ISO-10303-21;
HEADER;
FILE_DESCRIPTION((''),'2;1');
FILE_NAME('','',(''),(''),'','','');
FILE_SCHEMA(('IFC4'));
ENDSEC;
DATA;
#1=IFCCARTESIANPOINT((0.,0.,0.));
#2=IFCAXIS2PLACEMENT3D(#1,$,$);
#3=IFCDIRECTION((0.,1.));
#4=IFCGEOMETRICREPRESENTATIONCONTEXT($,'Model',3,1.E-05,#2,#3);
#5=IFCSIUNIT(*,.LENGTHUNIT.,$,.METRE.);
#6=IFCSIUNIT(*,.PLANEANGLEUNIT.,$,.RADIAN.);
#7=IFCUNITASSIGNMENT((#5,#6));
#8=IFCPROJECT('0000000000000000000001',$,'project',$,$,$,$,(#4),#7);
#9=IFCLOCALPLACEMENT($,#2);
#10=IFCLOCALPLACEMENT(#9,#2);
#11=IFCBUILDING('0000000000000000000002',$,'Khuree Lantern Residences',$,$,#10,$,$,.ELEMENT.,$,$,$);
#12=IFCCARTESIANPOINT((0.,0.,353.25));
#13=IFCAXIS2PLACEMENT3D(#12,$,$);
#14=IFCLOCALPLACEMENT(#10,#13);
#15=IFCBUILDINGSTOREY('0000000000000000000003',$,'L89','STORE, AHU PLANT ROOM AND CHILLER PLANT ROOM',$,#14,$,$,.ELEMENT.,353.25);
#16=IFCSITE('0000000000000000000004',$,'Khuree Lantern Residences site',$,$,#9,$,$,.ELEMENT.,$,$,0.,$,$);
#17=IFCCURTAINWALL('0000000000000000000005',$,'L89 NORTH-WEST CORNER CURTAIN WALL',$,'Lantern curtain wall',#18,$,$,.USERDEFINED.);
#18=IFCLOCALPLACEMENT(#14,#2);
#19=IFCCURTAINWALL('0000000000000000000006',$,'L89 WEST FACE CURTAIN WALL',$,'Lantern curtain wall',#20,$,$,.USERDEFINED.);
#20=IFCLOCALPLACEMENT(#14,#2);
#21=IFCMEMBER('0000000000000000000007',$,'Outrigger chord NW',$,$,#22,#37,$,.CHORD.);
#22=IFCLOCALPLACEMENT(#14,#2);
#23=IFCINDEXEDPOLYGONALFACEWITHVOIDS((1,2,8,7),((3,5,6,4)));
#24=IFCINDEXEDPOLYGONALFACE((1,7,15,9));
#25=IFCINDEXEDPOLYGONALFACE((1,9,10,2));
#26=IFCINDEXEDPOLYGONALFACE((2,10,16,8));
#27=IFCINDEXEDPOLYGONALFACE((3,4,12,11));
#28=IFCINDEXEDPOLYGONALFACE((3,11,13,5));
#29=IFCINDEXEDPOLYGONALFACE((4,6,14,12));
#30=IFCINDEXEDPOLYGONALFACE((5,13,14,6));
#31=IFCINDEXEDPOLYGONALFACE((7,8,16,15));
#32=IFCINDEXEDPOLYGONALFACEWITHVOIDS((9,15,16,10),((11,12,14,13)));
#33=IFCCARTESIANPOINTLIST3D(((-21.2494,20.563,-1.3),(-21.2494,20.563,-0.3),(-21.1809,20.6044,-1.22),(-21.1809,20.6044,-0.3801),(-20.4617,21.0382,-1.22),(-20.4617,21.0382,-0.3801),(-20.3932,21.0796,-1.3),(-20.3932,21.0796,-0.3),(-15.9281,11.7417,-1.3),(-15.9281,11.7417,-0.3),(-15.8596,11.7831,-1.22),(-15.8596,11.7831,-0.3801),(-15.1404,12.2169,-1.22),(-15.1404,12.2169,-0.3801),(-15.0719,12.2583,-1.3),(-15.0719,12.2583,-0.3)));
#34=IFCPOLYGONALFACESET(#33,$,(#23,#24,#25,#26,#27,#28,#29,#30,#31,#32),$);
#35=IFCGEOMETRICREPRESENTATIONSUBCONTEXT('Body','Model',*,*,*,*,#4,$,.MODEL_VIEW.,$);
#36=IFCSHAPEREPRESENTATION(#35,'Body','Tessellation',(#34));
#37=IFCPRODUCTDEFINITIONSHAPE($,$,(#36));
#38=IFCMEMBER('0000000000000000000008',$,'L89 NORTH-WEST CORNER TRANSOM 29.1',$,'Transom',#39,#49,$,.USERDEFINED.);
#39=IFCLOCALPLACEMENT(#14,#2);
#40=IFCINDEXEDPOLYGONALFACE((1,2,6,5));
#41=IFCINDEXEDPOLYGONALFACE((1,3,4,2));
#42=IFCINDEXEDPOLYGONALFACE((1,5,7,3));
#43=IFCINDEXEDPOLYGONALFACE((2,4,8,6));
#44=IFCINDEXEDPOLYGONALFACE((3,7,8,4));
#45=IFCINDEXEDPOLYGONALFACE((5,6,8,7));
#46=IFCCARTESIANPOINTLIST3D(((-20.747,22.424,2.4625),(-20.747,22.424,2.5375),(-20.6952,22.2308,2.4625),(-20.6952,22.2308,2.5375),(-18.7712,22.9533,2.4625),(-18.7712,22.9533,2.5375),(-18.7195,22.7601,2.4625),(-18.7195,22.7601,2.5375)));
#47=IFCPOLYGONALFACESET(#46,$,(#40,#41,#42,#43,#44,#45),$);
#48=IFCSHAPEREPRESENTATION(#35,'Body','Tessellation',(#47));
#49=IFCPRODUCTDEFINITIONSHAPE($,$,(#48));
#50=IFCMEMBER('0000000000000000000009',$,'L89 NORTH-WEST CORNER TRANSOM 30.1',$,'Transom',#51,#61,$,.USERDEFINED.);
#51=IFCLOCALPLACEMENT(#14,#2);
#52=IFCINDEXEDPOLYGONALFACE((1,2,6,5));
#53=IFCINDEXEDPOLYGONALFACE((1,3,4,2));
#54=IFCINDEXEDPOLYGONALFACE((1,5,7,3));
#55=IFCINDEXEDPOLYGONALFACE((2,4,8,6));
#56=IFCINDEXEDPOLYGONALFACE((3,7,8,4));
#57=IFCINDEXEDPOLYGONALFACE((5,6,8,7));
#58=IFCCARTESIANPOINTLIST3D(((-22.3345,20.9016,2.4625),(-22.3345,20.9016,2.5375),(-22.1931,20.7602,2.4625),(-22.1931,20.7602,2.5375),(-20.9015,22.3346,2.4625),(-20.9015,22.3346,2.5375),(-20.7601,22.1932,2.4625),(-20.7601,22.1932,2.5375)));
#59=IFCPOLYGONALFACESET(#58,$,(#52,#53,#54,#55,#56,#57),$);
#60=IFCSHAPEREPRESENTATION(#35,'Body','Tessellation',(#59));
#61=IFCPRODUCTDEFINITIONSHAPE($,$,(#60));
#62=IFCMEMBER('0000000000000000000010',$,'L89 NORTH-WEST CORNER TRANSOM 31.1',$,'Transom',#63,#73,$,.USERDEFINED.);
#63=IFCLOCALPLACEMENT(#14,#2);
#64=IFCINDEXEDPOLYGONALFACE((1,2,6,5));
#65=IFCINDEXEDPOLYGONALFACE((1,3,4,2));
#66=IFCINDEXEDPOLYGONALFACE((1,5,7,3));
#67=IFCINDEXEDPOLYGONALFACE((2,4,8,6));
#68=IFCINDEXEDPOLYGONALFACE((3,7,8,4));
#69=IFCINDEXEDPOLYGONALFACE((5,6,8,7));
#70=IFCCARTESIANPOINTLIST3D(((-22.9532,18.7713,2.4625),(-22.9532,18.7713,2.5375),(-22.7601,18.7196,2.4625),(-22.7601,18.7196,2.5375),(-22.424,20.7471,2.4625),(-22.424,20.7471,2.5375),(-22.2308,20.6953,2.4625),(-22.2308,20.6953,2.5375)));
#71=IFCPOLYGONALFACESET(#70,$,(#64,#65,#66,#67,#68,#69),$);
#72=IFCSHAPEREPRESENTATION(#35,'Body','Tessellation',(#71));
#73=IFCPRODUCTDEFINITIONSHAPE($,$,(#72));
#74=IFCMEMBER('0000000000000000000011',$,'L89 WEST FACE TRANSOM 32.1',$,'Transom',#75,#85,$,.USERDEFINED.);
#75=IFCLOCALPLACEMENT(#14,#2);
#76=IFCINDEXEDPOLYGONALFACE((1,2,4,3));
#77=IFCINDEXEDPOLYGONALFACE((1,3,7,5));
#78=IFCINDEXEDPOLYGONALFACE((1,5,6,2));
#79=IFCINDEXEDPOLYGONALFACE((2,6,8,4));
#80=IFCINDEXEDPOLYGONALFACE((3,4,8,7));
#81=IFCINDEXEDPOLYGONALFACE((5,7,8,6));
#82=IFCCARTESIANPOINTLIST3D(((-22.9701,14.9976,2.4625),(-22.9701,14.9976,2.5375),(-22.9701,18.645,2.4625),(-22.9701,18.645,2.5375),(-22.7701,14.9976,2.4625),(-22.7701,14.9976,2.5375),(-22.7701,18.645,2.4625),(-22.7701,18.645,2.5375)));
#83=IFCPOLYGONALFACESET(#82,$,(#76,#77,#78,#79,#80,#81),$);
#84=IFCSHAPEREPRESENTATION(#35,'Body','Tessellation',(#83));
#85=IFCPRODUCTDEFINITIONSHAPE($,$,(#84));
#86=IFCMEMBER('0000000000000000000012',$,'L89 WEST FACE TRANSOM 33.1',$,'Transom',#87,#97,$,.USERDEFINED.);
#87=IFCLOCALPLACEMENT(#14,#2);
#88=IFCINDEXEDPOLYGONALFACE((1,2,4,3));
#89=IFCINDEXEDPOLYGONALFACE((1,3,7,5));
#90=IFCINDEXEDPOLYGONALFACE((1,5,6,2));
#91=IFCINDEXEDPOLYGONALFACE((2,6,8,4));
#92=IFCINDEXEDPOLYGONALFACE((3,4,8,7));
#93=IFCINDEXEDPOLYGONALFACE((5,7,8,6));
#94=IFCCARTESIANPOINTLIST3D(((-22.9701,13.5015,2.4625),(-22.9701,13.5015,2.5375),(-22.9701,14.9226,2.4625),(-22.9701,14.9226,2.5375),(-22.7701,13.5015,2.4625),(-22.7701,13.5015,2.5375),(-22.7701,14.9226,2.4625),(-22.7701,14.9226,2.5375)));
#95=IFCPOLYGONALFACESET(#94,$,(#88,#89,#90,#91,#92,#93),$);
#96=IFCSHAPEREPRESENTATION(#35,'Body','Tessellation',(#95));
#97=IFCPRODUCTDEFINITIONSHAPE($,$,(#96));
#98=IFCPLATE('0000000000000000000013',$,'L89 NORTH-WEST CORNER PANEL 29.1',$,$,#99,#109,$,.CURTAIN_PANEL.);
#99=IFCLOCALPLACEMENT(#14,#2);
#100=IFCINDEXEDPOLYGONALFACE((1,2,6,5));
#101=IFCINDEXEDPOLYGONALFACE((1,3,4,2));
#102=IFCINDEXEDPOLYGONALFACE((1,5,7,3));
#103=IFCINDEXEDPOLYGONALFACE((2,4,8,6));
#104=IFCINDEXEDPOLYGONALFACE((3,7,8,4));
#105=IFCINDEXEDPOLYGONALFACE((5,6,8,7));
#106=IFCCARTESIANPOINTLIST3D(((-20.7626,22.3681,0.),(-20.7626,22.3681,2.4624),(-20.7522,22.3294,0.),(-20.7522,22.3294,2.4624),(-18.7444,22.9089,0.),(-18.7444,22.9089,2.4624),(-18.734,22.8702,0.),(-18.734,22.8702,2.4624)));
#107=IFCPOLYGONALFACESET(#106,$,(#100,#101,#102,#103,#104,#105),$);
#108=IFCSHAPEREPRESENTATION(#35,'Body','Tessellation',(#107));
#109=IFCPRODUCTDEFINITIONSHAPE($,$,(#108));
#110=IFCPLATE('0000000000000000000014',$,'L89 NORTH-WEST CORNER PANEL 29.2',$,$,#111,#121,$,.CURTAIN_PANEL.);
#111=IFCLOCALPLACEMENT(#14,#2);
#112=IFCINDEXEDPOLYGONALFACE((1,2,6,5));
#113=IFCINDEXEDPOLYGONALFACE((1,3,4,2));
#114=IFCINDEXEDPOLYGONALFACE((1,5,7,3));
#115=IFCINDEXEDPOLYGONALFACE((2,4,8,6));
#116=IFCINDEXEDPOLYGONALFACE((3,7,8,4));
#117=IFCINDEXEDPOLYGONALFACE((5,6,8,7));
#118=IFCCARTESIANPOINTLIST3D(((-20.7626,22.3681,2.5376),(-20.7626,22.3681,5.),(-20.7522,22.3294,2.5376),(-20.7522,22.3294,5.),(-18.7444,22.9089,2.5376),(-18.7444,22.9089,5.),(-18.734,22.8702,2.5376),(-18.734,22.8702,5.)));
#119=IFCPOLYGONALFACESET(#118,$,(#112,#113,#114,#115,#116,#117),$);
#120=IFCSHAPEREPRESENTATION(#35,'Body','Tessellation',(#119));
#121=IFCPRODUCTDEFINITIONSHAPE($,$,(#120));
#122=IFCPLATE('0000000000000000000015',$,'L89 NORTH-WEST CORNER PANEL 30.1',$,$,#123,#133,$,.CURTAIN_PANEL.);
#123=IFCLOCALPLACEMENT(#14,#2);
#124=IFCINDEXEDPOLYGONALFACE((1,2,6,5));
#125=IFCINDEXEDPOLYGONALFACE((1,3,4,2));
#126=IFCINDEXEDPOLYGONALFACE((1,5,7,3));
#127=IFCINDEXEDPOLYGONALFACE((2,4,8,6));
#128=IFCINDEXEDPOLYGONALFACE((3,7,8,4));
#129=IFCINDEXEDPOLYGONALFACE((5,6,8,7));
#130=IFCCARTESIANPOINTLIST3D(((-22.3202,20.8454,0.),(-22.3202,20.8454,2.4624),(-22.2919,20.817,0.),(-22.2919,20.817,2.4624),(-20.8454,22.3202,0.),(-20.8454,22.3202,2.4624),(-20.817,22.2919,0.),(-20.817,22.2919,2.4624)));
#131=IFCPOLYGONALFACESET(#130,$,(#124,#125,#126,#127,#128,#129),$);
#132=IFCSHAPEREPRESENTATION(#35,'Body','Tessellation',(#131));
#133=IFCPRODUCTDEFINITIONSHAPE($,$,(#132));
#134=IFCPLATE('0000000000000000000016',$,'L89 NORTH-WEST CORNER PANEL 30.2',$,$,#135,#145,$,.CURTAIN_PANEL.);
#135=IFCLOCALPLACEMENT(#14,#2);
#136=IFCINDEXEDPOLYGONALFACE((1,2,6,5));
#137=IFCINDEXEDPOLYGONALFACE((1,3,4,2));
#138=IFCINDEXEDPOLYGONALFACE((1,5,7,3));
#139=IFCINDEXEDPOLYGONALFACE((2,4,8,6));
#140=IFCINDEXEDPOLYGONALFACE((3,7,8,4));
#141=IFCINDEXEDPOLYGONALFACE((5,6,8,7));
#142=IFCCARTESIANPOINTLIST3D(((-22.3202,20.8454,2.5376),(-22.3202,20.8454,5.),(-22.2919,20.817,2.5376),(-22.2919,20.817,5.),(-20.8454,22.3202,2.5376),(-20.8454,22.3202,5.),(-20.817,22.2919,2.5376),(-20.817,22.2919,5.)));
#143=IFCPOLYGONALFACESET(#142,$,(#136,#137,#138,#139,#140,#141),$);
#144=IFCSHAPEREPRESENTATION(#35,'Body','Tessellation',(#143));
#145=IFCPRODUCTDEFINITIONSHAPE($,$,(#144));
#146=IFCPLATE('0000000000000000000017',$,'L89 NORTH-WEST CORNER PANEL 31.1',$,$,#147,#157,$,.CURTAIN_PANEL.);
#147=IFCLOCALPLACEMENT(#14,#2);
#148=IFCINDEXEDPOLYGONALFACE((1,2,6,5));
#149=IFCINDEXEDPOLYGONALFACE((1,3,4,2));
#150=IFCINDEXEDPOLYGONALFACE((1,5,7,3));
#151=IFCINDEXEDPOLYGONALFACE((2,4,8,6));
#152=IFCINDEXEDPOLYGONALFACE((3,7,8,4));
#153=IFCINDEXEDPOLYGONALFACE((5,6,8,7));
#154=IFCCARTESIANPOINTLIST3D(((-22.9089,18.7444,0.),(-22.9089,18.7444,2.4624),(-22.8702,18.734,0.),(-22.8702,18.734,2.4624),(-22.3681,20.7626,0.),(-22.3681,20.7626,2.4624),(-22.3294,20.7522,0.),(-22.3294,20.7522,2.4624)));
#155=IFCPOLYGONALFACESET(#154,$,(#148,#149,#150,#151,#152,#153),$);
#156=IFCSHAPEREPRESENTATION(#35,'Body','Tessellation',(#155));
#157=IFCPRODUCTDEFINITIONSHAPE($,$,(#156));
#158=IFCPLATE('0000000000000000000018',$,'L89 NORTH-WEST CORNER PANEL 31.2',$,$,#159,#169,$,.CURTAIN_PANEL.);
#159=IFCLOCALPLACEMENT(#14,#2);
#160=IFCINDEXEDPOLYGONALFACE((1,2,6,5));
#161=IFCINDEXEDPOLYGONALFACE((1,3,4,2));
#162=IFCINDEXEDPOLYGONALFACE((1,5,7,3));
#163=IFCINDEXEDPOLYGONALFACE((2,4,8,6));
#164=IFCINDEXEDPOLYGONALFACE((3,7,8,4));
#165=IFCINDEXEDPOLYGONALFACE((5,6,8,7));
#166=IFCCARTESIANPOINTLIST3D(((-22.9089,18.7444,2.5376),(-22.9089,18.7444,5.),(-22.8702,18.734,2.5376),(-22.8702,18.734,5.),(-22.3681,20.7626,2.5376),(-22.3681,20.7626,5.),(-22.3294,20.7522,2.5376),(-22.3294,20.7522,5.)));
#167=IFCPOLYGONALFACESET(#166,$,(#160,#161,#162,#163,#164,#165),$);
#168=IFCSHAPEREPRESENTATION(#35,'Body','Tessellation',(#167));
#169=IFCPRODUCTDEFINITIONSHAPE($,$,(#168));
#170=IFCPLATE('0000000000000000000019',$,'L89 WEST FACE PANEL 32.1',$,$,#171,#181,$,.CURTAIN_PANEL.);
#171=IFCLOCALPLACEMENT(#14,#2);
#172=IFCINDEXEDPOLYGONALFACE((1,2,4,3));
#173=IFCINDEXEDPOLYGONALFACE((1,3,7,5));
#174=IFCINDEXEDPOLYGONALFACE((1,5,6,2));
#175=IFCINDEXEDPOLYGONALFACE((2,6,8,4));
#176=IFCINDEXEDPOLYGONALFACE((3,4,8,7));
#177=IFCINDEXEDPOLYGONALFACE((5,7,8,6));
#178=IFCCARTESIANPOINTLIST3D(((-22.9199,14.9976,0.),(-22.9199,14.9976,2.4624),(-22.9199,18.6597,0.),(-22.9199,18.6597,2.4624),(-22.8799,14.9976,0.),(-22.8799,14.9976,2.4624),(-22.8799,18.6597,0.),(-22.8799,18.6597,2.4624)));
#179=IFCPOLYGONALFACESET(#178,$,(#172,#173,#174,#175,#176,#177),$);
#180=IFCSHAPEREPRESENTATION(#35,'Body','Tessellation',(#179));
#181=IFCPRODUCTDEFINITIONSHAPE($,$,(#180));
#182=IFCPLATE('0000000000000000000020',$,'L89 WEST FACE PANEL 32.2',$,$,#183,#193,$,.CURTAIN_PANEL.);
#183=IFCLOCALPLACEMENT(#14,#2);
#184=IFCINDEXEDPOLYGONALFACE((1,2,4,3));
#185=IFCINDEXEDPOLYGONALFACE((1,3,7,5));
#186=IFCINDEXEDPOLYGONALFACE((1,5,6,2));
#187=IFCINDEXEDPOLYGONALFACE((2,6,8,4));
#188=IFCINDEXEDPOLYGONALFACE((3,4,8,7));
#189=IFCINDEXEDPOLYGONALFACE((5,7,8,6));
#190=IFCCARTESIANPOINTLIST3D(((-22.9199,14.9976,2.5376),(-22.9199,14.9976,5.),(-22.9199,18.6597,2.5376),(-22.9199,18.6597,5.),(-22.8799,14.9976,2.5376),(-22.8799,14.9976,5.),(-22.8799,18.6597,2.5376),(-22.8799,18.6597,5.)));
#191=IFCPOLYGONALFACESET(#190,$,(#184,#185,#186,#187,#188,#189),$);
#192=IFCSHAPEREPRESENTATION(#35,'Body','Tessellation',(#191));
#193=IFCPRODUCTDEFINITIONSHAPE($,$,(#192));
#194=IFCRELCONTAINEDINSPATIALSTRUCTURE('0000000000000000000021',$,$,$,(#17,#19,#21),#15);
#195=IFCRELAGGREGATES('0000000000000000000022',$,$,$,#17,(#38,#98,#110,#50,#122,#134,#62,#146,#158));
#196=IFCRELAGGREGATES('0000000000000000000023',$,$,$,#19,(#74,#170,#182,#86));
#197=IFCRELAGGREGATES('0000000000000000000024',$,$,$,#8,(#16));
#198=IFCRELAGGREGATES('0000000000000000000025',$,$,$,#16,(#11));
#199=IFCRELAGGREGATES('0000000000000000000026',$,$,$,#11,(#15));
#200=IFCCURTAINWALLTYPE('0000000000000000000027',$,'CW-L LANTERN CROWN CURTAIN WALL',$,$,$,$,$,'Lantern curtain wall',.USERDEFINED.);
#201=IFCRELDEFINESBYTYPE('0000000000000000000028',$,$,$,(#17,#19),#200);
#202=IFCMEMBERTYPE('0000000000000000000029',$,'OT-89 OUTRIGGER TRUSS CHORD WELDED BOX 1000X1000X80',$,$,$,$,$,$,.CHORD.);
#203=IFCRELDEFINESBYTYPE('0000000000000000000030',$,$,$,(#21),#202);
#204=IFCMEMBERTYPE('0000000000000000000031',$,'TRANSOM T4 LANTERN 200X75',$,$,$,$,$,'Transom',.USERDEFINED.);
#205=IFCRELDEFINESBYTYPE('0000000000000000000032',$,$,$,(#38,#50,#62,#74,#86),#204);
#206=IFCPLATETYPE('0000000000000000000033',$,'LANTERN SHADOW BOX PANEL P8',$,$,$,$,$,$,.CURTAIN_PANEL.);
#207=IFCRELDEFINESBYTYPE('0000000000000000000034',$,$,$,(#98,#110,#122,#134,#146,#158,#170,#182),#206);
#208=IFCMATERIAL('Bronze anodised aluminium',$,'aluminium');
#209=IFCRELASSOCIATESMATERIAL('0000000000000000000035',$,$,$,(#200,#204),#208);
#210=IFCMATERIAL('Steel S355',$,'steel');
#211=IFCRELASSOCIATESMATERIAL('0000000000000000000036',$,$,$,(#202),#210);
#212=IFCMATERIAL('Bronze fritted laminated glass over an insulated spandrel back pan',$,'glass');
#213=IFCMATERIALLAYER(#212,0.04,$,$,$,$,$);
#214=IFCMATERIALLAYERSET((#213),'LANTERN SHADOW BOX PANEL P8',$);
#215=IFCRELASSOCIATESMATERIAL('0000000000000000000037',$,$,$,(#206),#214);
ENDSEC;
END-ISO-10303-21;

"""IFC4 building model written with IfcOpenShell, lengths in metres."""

from ifc_helpers import new_model, si_unit, direction, frame, origin, origin_2d, place, context, subcontext, project, spatial, rectangle, hollow_rectangle, extrude, material, layer, layer_set, material_profile, profile_set, type_object, element, aggregate, save


model = new_model("IFC4")

# Units and contexts
model_context = context("Model", 3, precision=1e-05, world=origin(), true_north=direction((0.0, 1.0)))
body_context = subcontext(model_context, "Body", "Model", "MODEL_VIEW")
ifc_project = project(units=[si_unit("LENGTHUNIT", "METRE"), si_unit("PLANEANGLEUNIT", "RADIAN")], contexts=[model_context])

# Site, building, storey
site_placement = place(None, origin())
site = spatial("IfcSite", under=ifc_project, at=site_placement, Name="Khuree Lantern Residences site", CompositionType="ELEMENT", RefElevation=0.0)
building_placement = place(site_placement, origin())
building = spatial("IfcBuilding", under=site, at=building_placement, Name="Khuree Lantern Residences", CompositionType="ELEMENT")
storey_placement = place(building_placement, frame((0.0, 0.0, 353.25)))
storey = spatial("IfcBuildingStorey", under=building, at=storey_placement, Name="L89", Description="STORE, AHU PLANT ROOM AND CHILLER PLANT ROOM", CompositionType="ELEMENT", Elevation=353.25)

# Shared definitions
ifc_material_1 = material(Name="Steel S355", Category="steel")

# Curtain walls
ifc_material_2 = material(Name="Bronze anodised aluminium", Category="aluminium")
curtain_wall_type = type_object("IfcCurtainWallType", Name="CW-L LANTERN CROWN CURTAIN WALL", ElementType="Lantern curtain wall", PredefinedType="USERDEFINED", material=ifc_material_2)
curtain_wall_1_placement = place(storey_placement, origin())
curtain_wall_1 = element("IfcCurtainWall", 1, at=curtain_wall_1_placement, inside=storey, type_object=curtain_wall_type, Name="L89 NORTH-WEST CORNER CURTAIN WALL", ObjectType="Lantern curtain wall", PredefinedType="USERDEFINED")
curtain_wall_2_placement = place(storey_placement, origin())
curtain_wall_2 = element("IfcCurtainWall", 2, at=curtain_wall_2_placement, inside=storey, type_object=curtain_wall_type, Name="L89 WEST FACE CURTAIN WALL", ObjectType="Lantern curtain wall", PredefinedType="USERDEFINED")

# Member
ifc_material_profile_1 = material_profile(ifc_material_1, hollow_rectangle(XDim=1.0, YDim=1.0, WallThickness=0.0801, at=origin_2d()), Name="WELDED BOX 1000X1000X80")
ifc_profile_set_1 = profile_set([ifc_material_profile_1], Name="Steel S355")
member_type_1 = type_object("IfcMemberType", Name="OT-89 OUTRIGGER TRUSS CHORD WELDED BOX 1000X1000X80", PredefinedType="CHORD", material=ifc_profile_set_1)
member_1_placement = place(storey_placement, frame((-20.8213, 20.8213, -0.8), z_axis=(0.51653, -0.856269, 0.0), x_axis=(0.856269, 0.51653, 0.0)))
element("IfcMember", 3, at=member_1_placement, inside=storey, type_object=member_type_1, Name="Outrigger chord NW", PredefinedType="CHORD", context=body_context, shape_type="SweptSolid", body=[
    extrude(hollow_rectangle(XDim=1.0, YDim=1.0, WallThickness=0.0801, at=origin_2d()), origin(), (0.0, 0.0, 1.0), 10.302),
])

# Members
ifc_material_profile_2 = material_profile(ifc_material_2, rectangle(XDim=0.2, YDim=0.075, at=origin_2d()), Name="T4 200X75")
ifc_profile_set_2 = profile_set([ifc_material_profile_2], Name="Bronze anodised aluminium")
member_type_2 = type_object("IfcMemberType", Name="TRANSOM T4 LANTERN 200X75", ElementType="Transom", PredefinedType="USERDEFINED", material=ifc_profile_set_2)
member_2_placement = place(storey_placement, frame((-18.7454, 22.8567, 2.5), z_axis=(-0.965941, -0.258762, 0.0), x_axis=(0.258762, -0.965941, 0.0)))
member_2 = element("IfcMember", 4, at=member_2_placement, type_object=member_type_2, Name="L89 NORTH-WEST CORNER TRANSOM 29.1", ObjectType="Transom", PredefinedType="USERDEFINED", context=body_context, shape_type="SweptSolid", body=[
    extrude(rectangle(XDim=0.2, YDim=0.075, at=origin_2d()), origin(), (0.0, 0.0, 1.0), 2.0454),
])
member_3_placement = place(storey_placement, frame((-20.8308, 22.2639, 2.5), z_axis=(-0.707107, -0.707107, 0.0), x_axis=(0.707107, -0.707107, 0.0)))
member_3 = element("IfcMember", 5, at=member_3_placement, type_object=member_type_2, Name="L89 NORTH-WEST CORNER TRANSOM 30.1", ObjectType="Transom", PredefinedType="USERDEFINED", context=body_context, shape_type="SweptSolid", body=[
    extrude(rectangle(XDim=0.2, YDim=0.075, at=origin_2d()), origin(), (0.0, 0.0, 1.0), 2.0266),
])
member_4_placement = place(storey_placement, frame((-22.3274, 20.7212, 2.5), z_axis=(-0.258762, -0.965941, 0.0), x_axis=(0.965941, -0.258762, 0.0)))
member_4 = element("IfcMember", 6, at=member_4_placement, type_object=member_type_2, Name="L89 NORTH-WEST CORNER TRANSOM 31.1", ObjectType="Transom", PredefinedType="USERDEFINED", context=body_context, shape_type="SweptSolid", body=[
    extrude(rectangle(XDim=0.2, YDim=0.075, at=origin_2d()), origin(), (0.0, 0.0, 1.0), 2.0454),
])
member_5_placement = place(storey_placement, frame((-22.8701, 18.645, 2.5), z_axis=(0.0, -1.0, 0.0), x_axis=(1.0, 0.0, 0.0)))
member_5 = element("IfcMember", 7, at=member_5_placement, type_object=member_type_2, Name="L89 WEST FACE TRANSOM 32.1", ObjectType="Transom", PredefinedType="USERDEFINED", context=body_context, shape_type="SweptSolid", body=[
    extrude(rectangle(XDim=0.2, YDim=0.075, at=origin_2d()), origin(), (0.0, 0.0, 1.0), 3.6475),
])
member_6_placement = place(storey_placement, frame((-22.8701, 14.9226, 2.5), z_axis=(0.0, -1.0, 0.0), x_axis=(1.0, 0.0, 0.0)))
member_6 = element("IfcMember", 8, at=member_6_placement, type_object=member_type_2, Name="L89 WEST FACE TRANSOM 33.1", ObjectType="Transom", PredefinedType="USERDEFINED", context=body_context, shape_type="SweptSolid", body=[
    extrude(rectangle(XDim=0.2, YDim=0.075, at=origin_2d()), origin(), (0.0, 0.0, 1.0), 1.4211),
])

# Plates
ifc_material_3 = material(Name="Bronze fritted laminated glass over an insulated spandrel back pan", Category="glass")
ifc_layer = layer(ifc_material_3, 0.04)
ifc_layer_set = layer_set([ifc_layer], Name="LANTERN SHADOW BOX PANEL P8")
plate_type = type_object("IfcPlateType", Name="LANTERN SHADOW BOX PANEL P8", PredefinedType="CURTAIN_PANEL", material=ifc_layer_set)
plate_1_placement = place(storey_placement, frame((-19.7483, 22.6191, 0.0), z_axis=(0.0, 0.0, 1.0), x_axis=(-0.965926, -0.258819, 0.0)))
plate_1 = element("IfcPlate", 9, at=plate_1_placement, type_object=plate_type, Name="L89 NORTH-WEST CORNER PANEL 29.1", PredefinedType="CURTAIN_PANEL", context=body_context, shape_type="SweptSolid", body=[
    extrude(rectangle(XDim=2.0894, YDim=0.04, at=origin_2d()), origin(), (0.0, 0.0, 1.0), 2.4624),
])
plate_2_placement = place(storey_placement, frame((-19.7483, 22.6191, 2.5376), z_axis=(0.0, 0.0, 1.0), x_axis=(-0.965926, -0.258819, 0.0)))
plate_2 = element("IfcPlate", 10, at=plate_2_placement, type_object=plate_type, Name="L89 NORTH-WEST CORNER PANEL 29.2", PredefinedType="CURTAIN_PANEL", context=body_context, shape_type="SweptSolid", body=[
    extrude(rectangle(XDim=2.0894, YDim=0.04, at=origin_2d()), origin(), (0.0, 0.0, 1.0), 2.4624),
])
plate_3_placement = place(storey_placement, frame((-21.5686, 21.5686, 0.0), z_axis=(0.0, 0.0, 1.0), x_axis=(-0.707107, -0.707107, 0.0)))
plate_3 = element("IfcPlate", 11, at=plate_3_placement, type_object=plate_type, Name="L89 NORTH-WEST CORNER PANEL 30.1", PredefinedType="CURTAIN_PANEL", context=body_context, shape_type="SweptSolid", body=[
    extrude(rectangle(XDim=2.0857, YDim=0.04, at=origin_2d()), origin(), (0.0, 0.0, 1.0), 2.4624),
])
plate_4_placement = place(storey_placement, frame((-21.5686, 21.5686, 2.5376), z_axis=(0.0, 0.0, 1.0), x_axis=(-0.707107, -0.707107, 0.0)))
plate_4 = element("IfcPlate", 12, at=plate_4_placement, type_object=plate_type, Name="L89 NORTH-WEST CORNER PANEL 30.2", PredefinedType="CURTAIN_PANEL", context=body_context, shape_type="SweptSolid", body=[
    extrude(rectangle(XDim=2.0857, YDim=0.04, at=origin_2d()), origin(), (0.0, 0.0, 1.0), 2.4624),
])
plate_5_placement = place(storey_placement, frame((-22.6191, 19.7483, 0.0), z_axis=(0.0, 0.0, 1.0), x_axis=(-0.258819, -0.965926, 0.0)))
plate_5 = element("IfcPlate", 13, at=plate_5_placement, type_object=plate_type, Name="L89 NORTH-WEST CORNER PANEL 31.1", PredefinedType="CURTAIN_PANEL", context=body_context, shape_type="SweptSolid", body=[
    extrude(rectangle(XDim=2.0894, YDim=0.04, at=origin_2d()), origin(), (0.0, 0.0, 1.0), 2.4624),
])
plate_6_placement = place(storey_placement, frame((-22.6191, 19.7483, 2.5376), z_axis=(0.0, 0.0, 1.0), x_axis=(-0.258819, -0.965926, 0.0)))
plate_6 = element("IfcPlate", 14, at=plate_6_placement, type_object=plate_type, Name="L89 NORTH-WEST CORNER PANEL 31.2", PredefinedType="CURTAIN_PANEL", context=body_context, shape_type="SweptSolid", body=[
    extrude(rectangle(XDim=2.0894, YDim=0.04, at=origin_2d()), origin(), (0.0, 0.0, 1.0), 2.4624),
])
aggregate(curtain_wall_1, [member_2, plate_1, plate_2, member_3, plate_3, plate_4, member_4, plate_5, plate_6])
plate_7_placement = place(storey_placement, frame((-22.8999, 16.8286, 0.0), z_axis=(0.0, 0.0, 1.0), x_axis=(0.0, -1.0, 0.0)))
plate_7 = element("IfcPlate", 15, at=plate_7_placement, type_object=plate_type, Name="L89 WEST FACE PANEL 32.1", PredefinedType="CURTAIN_PANEL", context=body_context, shape_type="SweptSolid", body=[
    extrude(rectangle(XDim=3.6621, YDim=0.04, at=origin_2d()), origin(), (0.0, 0.0, 1.0), 2.4624),
])
plate_8_placement = place(storey_placement, frame((-22.8999, 16.8286, 2.5376), z_axis=(0.0, 0.0, 1.0), x_axis=(0.0, -1.0, 0.0)))
plate_8 = element("IfcPlate", 16, at=plate_8_placement, type_object=plate_type, Name="L89 WEST FACE PANEL 32.2", PredefinedType="CURTAIN_PANEL", context=body_context, shape_type="SweptSolid", body=[
    extrude(rectangle(XDim=3.6621, YDim=0.04, at=origin_2d()), origin(), (0.0, 0.0, 1.0), 2.4624),
])
aggregate(curtain_wall_2, [member_5, plate_7, plate_8, member_6])

save(model, "model.ifc")
